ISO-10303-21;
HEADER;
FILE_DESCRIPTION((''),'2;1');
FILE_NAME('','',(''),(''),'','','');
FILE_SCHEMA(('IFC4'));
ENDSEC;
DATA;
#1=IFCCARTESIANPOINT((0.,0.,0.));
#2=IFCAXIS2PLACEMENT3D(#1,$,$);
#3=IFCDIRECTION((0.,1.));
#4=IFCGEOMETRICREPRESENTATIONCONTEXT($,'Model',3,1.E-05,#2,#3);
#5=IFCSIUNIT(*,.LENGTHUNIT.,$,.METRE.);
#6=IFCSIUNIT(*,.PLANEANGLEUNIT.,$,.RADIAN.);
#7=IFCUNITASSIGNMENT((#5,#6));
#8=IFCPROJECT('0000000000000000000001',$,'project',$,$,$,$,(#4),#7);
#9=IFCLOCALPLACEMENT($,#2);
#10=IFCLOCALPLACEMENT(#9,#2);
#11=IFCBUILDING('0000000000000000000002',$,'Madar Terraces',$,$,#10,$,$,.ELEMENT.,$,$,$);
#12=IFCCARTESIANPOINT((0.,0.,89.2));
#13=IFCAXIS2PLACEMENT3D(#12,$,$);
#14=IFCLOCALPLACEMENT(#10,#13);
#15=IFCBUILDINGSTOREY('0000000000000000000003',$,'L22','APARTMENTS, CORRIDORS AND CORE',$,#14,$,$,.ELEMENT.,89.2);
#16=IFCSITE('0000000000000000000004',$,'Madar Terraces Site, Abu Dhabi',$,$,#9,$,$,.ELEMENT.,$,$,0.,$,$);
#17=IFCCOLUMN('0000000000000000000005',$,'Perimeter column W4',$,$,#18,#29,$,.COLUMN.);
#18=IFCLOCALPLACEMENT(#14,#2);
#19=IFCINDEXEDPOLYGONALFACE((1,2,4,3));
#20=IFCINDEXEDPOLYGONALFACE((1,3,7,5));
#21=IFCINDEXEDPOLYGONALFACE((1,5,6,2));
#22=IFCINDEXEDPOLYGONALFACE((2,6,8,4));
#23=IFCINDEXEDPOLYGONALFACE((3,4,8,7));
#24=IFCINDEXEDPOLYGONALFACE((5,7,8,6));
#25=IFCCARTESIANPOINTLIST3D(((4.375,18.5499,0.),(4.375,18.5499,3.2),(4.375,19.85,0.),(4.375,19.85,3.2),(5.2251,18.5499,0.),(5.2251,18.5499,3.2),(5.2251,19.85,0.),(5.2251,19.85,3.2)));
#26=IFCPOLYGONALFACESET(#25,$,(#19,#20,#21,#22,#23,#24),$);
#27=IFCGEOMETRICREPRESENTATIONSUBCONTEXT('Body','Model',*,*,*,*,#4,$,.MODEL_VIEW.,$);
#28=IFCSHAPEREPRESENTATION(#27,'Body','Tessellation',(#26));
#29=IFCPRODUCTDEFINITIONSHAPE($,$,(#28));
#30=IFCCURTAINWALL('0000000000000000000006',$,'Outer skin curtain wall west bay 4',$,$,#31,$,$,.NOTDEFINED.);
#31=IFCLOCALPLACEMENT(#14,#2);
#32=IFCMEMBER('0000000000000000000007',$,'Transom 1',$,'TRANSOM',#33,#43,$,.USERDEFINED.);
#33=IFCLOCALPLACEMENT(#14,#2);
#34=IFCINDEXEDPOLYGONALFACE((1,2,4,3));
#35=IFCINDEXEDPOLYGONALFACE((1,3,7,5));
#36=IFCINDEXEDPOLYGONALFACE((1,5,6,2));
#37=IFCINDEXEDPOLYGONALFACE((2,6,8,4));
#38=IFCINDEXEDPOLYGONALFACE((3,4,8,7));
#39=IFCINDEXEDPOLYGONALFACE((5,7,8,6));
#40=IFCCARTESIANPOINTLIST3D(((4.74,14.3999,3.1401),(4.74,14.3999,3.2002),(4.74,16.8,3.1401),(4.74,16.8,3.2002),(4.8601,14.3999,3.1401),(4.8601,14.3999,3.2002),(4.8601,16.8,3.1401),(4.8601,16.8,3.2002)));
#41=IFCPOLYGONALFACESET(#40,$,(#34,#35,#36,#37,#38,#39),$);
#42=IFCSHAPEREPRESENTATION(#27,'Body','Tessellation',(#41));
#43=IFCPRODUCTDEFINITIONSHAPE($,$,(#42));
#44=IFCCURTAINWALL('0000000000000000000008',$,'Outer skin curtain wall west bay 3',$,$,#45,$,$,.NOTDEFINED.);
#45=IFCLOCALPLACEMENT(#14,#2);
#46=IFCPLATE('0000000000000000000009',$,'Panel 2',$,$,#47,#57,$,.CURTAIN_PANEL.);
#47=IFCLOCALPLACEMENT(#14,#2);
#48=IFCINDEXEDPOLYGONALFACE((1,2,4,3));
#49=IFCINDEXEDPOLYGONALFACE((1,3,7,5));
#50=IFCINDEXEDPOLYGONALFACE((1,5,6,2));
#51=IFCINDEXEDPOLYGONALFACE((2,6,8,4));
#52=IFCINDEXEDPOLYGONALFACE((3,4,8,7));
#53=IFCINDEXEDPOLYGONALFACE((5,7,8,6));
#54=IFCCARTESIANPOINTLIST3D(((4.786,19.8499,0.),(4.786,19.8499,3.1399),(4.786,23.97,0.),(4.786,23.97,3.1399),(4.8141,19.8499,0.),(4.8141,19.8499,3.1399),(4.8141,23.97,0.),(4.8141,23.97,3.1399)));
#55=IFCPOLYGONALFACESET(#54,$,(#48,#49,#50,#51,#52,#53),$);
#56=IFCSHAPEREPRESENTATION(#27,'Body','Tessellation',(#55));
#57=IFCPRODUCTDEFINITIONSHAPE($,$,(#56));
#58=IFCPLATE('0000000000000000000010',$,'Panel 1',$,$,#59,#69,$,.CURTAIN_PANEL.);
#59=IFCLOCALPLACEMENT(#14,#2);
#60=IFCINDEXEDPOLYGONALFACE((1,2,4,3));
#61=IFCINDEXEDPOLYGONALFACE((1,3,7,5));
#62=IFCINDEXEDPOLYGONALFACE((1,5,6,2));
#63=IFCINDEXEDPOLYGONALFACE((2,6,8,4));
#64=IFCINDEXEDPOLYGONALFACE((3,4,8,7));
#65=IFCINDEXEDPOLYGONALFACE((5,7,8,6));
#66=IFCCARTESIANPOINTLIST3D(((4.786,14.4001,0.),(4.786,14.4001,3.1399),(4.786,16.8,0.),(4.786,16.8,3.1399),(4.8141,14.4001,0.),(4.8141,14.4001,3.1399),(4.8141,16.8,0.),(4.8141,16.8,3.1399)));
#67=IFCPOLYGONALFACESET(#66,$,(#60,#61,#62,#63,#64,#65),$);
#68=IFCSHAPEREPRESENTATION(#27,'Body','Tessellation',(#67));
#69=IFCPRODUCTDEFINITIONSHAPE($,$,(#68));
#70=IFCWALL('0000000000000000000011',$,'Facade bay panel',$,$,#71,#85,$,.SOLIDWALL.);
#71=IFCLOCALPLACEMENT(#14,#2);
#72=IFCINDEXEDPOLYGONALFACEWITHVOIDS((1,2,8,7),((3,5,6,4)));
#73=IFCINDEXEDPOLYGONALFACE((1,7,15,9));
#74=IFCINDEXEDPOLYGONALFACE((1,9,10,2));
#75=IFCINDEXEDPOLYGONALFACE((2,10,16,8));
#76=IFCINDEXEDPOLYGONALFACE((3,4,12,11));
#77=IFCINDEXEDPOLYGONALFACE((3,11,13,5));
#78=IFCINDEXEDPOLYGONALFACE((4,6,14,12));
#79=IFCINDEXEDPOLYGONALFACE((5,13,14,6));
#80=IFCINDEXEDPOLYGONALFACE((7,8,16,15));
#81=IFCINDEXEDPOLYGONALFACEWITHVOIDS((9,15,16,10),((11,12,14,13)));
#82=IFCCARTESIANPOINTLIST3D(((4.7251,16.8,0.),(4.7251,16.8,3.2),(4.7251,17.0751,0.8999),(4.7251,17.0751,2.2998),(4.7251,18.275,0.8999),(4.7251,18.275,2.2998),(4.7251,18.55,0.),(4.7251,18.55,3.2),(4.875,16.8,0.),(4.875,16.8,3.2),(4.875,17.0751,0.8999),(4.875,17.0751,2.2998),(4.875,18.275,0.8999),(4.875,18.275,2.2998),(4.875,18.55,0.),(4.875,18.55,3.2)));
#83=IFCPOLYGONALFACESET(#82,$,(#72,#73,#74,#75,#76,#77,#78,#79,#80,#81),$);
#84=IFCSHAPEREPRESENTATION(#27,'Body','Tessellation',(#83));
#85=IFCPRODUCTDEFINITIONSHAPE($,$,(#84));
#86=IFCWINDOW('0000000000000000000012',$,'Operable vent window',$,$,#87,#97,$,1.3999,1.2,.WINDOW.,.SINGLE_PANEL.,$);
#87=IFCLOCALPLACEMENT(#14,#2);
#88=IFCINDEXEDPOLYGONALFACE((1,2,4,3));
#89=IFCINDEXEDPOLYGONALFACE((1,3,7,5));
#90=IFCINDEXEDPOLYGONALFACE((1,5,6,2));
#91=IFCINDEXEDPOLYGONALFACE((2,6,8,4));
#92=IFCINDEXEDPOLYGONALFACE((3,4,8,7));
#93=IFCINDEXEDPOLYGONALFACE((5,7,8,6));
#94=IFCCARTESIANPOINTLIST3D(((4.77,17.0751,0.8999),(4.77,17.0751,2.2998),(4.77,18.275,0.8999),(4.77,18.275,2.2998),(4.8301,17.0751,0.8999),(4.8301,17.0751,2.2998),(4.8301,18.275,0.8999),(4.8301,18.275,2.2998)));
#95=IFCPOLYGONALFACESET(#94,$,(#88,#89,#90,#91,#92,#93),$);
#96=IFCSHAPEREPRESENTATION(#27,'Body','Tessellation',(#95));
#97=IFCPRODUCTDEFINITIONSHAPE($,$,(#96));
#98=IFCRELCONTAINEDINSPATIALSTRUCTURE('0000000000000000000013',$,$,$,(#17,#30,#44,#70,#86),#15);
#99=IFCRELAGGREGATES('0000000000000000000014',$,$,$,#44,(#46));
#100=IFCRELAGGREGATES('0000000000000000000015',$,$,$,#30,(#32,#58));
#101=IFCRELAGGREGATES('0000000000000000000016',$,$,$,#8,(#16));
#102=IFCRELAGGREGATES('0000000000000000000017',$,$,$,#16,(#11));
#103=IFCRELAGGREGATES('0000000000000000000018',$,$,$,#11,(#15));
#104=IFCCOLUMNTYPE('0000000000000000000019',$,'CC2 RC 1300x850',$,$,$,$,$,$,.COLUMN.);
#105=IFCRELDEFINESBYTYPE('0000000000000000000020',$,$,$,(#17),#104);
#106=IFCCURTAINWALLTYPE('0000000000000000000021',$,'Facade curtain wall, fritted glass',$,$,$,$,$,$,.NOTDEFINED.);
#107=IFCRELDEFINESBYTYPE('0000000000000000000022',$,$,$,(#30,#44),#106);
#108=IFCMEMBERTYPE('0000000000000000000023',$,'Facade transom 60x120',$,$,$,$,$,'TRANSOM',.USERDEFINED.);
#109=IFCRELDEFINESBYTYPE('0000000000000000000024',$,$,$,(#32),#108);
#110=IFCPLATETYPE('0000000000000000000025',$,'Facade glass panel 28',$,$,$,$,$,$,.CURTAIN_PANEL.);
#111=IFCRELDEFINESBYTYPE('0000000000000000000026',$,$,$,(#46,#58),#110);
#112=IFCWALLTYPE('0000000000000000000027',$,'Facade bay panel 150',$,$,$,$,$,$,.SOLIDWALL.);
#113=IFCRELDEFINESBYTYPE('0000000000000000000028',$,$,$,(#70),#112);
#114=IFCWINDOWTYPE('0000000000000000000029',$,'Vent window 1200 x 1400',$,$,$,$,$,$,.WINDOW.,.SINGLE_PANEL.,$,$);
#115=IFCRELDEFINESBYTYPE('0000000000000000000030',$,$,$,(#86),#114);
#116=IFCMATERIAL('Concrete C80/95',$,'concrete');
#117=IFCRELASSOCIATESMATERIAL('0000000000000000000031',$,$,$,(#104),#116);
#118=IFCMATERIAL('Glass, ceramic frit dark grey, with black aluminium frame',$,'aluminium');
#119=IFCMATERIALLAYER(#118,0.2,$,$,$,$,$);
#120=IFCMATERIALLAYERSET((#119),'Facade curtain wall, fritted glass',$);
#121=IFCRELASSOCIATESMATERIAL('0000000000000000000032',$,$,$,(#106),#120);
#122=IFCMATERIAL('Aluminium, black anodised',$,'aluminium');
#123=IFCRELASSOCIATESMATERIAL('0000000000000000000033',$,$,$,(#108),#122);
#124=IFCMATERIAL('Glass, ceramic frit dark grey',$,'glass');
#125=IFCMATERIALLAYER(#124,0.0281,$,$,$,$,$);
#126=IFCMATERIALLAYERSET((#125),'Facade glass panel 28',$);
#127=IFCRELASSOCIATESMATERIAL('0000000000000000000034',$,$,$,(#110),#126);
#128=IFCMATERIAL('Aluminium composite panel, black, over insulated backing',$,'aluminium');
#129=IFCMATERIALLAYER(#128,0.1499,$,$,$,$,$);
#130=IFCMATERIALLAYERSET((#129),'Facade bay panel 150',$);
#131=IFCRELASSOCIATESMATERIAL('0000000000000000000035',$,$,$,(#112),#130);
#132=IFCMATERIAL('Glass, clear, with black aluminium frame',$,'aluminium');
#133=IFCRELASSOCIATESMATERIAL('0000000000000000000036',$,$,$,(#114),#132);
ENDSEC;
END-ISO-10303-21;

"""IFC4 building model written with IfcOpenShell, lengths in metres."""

from ifc_helpers import new_model, si_unit, direction, frame, frame_2d, origin, origin_2d, place, context, subcontext, project, spatial, rectangle, extrude, material, layer, layer_set, material_profile, profile_set, type_object, element, fill, aggregate, save


model = new_model("IFC4")

# Units and contexts
model_context = context("Model", 3, precision=1e-05, world=origin(), true_north=direction((0.0, 1.0)))
body_context = subcontext(model_context, "Body", "Model", "MODEL_VIEW")
ifc_project = project(units=[si_unit("LENGTHUNIT", "METRE"), si_unit("PLANEANGLEUNIT", "RADIAN")], contexts=[model_context])

# Site, building, storey
site_placement = place(None, origin())
site = spatial("IfcSite", under=ifc_project, at=site_placement, Name="Madar Terraces Site, Abu Dhabi", CompositionType="ELEMENT", RefElevation=0.0)
building_placement = place(site_placement, origin())
building = spatial("IfcBuilding", under=site, at=building_placement, Name="Madar Terraces", CompositionType="ELEMENT")
storey_placement = place(building_placement, frame((0.0, 0.0, 89.2)))
storey = spatial("IfcBuildingStorey", under=building, at=storey_placement, Name="L22", Description="APARTMENTS, CORRIDORS AND CORE", CompositionType="ELEMENT", Elevation=89.2)

# Column
ifc_material_1 = material(Name="Concrete C80/95", Category="concrete")
ifc_material_profile_1 = material_profile(ifc_material_1, rectangle(XDim=1.3, YDim=0.8501, at=origin_2d()), Name="CC2 RC 1300x850")
ifc_profile_set_1 = profile_set([ifc_material_profile_1], Name="Concrete C80/95")
column_type = type_object("IfcColumnType", Name="CC2 RC 1300x850", PredefinedType="COLUMN", material=ifc_profile_set_1)
column_placement = place(storey_placement, frame((4.8, 19.2, 0.0), z_axis=(0.0, 0.0, 1.0), x_axis=(0.0, 1.0, 0.0)))
element("IfcColumn", 1, at=column_placement, inside=storey, type_object=column_type, Name="Perimeter column W4", PredefinedType="COLUMN", context=body_context, shape_type="SweptSolid", body=[
    extrude(rectangle(XDim=1.3, YDim=0.8501, at=origin_2d()), origin(), (0.0, 0.0, 1.0), 3.2),
])

# Curtain wall, member
ifc_material_2 = material(Name="Glass, ceramic frit dark grey, with black aluminium frame", Category="aluminium")
ifc_layer_1 = layer(ifc_material_2, 0.2)
ifc_layer_set_1 = layer_set([ifc_layer_1], Name="Facade curtain wall, fritted glass")
curtain_wall_type = type_object("IfcCurtainWallType", Name="Facade curtain wall, fritted glass", PredefinedType="NOTDEFINED", material=ifc_layer_set_1)
curtain_wall_1_placement = place(storey_placement, origin())
curtain_wall_1 = element("IfcCurtainWall", 2, at=curtain_wall_1_placement, inside=storey, type_object=curtain_wall_type, Name="Outer skin curtain wall west bay 4", PredefinedType="NOTDEFINED")
ifc_material_3 = material(Name="Aluminium, black anodised", Category="aluminium")
ifc_material_profile_2 = material_profile(ifc_material_3, rectangle(XDim=0.1201, YDim=0.0601, at=origin_2d()), Name="Facade transom 60x120")
ifc_profile_set_2 = profile_set([ifc_material_profile_2], Name="Aluminium, black anodised")
member_type = type_object("IfcMemberType", Name="Facade transom 60x120", ElementType="TRANSOM", PredefinedType="USERDEFINED", material=ifc_profile_set_2)
member_placement = place(storey_placement, frame((4.8, 16.8, 3.1702), z_axis=(0.0, -1.0, 0.0), x_axis=(1.0, 0.0, 0.0)))
member = element("IfcMember", 3, at=member_placement, type_object=member_type, Name="Transom 1", ObjectType="TRANSOM", PredefinedType="USERDEFINED", context=body_context, shape_type="SweptSolid", body=[
    extrude(rectangle(XDim=0.1201, YDim=0.0601, at=origin_2d()), origin(), (0.0, 0.0, 1.0), 2.4001),
])

# Curtain wall, plate
curtain_wall_2_placement = place(storey_placement, origin())
curtain_wall_2 = element("IfcCurtainWall", 4, at=curtain_wall_2_placement, inside=storey, type_object=curtain_wall_type, Name="Outer skin curtain wall west bay 3", PredefinedType="NOTDEFINED")
ifc_material_4 = material(Name="Glass, ceramic frit dark grey", Category="glass")
ifc_layer_2 = layer(ifc_material_4, 0.0281)
ifc_layer_set_2 = layer_set([ifc_layer_2], Name="Facade glass panel 28")
plate_type = type_object("IfcPlateType", Name="Facade glass panel 28", PredefinedType="CURTAIN_PANEL", material=ifc_layer_set_2)
plate_1_placement = place(storey_placement, frame((4.8, 21.9099, 0.0), z_axis=(0.0, 0.0, 1.0), x_axis=(0.0, -1.0, 0.0)))
plate_1 = element("IfcPlate", 5, at=plate_1_placement, type_object=plate_type, Name="Panel 2", PredefinedType="CURTAIN_PANEL", context=body_context, shape_type="SweptSolid", body=[
    extrude(rectangle(XDim=4.1201, YDim=0.0281, at=origin_2d()), origin(), (0.0, 0.0, 1.0), 3.1399),
])
aggregate(curtain_wall_2, [plate_1])

# Plate
plate_2_placement = place(storey_placement, frame((4.8, 15.6001, 0.0), z_axis=(0.0, 0.0, 1.0), x_axis=(0.0, -1.0, 0.0)))
plate_2 = element("IfcPlate", 6, at=plate_2_placement, type_object=plate_type, Name="Panel 1", PredefinedType="CURTAIN_PANEL", context=body_context, shape_type="SweptSolid", body=[
    extrude(rectangle(XDim=2.3999, YDim=0.0281, at=origin_2d()), origin(), (0.0, 0.0, 1.0), 3.1399),
])
aggregate(curtain_wall_1, [member, plate_2])

# Wall, opening, window
ifc_material_5 = material(Name="Aluminium composite panel, black, over insulated backing", Category="aluminium")
ifc_layer_3 = layer(ifc_material_5, 0.1499)
ifc_layer_set_3 = layer_set([ifc_layer_3], Name="Facade bay panel 150")
wall_type_1 = type_object("IfcWallType", Name="Facade bay panel 150", PredefinedType="SOLIDWALL", material=ifc_layer_set_3)
wall_1_placement = place(storey_placement, frame((4.8, 18.55, 0.0), z_axis=(0.0, 0.0, 1.0), x_axis=(0.0, -1.0, 0.0)))
wall_1 = element("IfcWall", 7, at=wall_1_placement, inside=storey, type_object=wall_type_1, Name="Facade bay panel", PredefinedType="SOLIDWALL", context=body_context, shape_type="SweptSolid", body=[
    extrude(rectangle(XDim=1.75, YDim=0.1499, at=frame_2d((0.875, 0.0))), origin(), (0.0, 0.0, 1.0), 3.2),
])
opening_1_placement = place(wall_1_placement, frame((0.2749, 0.0, 0.8999)))
opening_1 = element("IfcOpeningElement", 8, at=opening_1_placement, cuts=wall_1, PredefinedType="OPENING", context=body_context, shape_type="SweptSolid", body=[
    extrude(rectangle(XDim=1.2, YDim=1.3999, at=frame_2d((0.6001, 0.7))), frame((0.0, 0.085, 0.0), z_axis=(0.0, -1.0, 0.0), x_axis=(1.0, 0.0, 0.0)), (0.0, 0.0, 1.0), 0.1699),
])
ifc_material_6 = material(Name="Glass, clear, with black aluminium frame", Category="aluminium")
window_type = type_object("IfcWindowType", Name="Vent window 1200 x 1400", PartitioningType="SINGLE_PANEL", PredefinedType="WINDOW", material=ifc_material_6)
window_placement = place(opening_1_placement, origin())
window = element("IfcWindow", 9, at=window_placement, inside=storey, type_object=window_type, Name="Operable vent window", OverallHeight=1.3999, OverallWidth=1.2, PartitioningType="SINGLE_PANEL", PredefinedType="WINDOW", context=body_context, shape_type="SweptSolid", body=[
    extrude(rectangle(XDim=1.2, YDim=1.3999, at=frame_2d((0.6001, 0.7))), frame((0.0, 0.03, 0.0), z_axis=(0.0, -1.0, 0.0), x_axis=(1.0, 0.0, 0.0)), (0.0, 0.0, 1.0), 0.0601),
])
fill(opening_1, window)

save(model, "model.ifc")
